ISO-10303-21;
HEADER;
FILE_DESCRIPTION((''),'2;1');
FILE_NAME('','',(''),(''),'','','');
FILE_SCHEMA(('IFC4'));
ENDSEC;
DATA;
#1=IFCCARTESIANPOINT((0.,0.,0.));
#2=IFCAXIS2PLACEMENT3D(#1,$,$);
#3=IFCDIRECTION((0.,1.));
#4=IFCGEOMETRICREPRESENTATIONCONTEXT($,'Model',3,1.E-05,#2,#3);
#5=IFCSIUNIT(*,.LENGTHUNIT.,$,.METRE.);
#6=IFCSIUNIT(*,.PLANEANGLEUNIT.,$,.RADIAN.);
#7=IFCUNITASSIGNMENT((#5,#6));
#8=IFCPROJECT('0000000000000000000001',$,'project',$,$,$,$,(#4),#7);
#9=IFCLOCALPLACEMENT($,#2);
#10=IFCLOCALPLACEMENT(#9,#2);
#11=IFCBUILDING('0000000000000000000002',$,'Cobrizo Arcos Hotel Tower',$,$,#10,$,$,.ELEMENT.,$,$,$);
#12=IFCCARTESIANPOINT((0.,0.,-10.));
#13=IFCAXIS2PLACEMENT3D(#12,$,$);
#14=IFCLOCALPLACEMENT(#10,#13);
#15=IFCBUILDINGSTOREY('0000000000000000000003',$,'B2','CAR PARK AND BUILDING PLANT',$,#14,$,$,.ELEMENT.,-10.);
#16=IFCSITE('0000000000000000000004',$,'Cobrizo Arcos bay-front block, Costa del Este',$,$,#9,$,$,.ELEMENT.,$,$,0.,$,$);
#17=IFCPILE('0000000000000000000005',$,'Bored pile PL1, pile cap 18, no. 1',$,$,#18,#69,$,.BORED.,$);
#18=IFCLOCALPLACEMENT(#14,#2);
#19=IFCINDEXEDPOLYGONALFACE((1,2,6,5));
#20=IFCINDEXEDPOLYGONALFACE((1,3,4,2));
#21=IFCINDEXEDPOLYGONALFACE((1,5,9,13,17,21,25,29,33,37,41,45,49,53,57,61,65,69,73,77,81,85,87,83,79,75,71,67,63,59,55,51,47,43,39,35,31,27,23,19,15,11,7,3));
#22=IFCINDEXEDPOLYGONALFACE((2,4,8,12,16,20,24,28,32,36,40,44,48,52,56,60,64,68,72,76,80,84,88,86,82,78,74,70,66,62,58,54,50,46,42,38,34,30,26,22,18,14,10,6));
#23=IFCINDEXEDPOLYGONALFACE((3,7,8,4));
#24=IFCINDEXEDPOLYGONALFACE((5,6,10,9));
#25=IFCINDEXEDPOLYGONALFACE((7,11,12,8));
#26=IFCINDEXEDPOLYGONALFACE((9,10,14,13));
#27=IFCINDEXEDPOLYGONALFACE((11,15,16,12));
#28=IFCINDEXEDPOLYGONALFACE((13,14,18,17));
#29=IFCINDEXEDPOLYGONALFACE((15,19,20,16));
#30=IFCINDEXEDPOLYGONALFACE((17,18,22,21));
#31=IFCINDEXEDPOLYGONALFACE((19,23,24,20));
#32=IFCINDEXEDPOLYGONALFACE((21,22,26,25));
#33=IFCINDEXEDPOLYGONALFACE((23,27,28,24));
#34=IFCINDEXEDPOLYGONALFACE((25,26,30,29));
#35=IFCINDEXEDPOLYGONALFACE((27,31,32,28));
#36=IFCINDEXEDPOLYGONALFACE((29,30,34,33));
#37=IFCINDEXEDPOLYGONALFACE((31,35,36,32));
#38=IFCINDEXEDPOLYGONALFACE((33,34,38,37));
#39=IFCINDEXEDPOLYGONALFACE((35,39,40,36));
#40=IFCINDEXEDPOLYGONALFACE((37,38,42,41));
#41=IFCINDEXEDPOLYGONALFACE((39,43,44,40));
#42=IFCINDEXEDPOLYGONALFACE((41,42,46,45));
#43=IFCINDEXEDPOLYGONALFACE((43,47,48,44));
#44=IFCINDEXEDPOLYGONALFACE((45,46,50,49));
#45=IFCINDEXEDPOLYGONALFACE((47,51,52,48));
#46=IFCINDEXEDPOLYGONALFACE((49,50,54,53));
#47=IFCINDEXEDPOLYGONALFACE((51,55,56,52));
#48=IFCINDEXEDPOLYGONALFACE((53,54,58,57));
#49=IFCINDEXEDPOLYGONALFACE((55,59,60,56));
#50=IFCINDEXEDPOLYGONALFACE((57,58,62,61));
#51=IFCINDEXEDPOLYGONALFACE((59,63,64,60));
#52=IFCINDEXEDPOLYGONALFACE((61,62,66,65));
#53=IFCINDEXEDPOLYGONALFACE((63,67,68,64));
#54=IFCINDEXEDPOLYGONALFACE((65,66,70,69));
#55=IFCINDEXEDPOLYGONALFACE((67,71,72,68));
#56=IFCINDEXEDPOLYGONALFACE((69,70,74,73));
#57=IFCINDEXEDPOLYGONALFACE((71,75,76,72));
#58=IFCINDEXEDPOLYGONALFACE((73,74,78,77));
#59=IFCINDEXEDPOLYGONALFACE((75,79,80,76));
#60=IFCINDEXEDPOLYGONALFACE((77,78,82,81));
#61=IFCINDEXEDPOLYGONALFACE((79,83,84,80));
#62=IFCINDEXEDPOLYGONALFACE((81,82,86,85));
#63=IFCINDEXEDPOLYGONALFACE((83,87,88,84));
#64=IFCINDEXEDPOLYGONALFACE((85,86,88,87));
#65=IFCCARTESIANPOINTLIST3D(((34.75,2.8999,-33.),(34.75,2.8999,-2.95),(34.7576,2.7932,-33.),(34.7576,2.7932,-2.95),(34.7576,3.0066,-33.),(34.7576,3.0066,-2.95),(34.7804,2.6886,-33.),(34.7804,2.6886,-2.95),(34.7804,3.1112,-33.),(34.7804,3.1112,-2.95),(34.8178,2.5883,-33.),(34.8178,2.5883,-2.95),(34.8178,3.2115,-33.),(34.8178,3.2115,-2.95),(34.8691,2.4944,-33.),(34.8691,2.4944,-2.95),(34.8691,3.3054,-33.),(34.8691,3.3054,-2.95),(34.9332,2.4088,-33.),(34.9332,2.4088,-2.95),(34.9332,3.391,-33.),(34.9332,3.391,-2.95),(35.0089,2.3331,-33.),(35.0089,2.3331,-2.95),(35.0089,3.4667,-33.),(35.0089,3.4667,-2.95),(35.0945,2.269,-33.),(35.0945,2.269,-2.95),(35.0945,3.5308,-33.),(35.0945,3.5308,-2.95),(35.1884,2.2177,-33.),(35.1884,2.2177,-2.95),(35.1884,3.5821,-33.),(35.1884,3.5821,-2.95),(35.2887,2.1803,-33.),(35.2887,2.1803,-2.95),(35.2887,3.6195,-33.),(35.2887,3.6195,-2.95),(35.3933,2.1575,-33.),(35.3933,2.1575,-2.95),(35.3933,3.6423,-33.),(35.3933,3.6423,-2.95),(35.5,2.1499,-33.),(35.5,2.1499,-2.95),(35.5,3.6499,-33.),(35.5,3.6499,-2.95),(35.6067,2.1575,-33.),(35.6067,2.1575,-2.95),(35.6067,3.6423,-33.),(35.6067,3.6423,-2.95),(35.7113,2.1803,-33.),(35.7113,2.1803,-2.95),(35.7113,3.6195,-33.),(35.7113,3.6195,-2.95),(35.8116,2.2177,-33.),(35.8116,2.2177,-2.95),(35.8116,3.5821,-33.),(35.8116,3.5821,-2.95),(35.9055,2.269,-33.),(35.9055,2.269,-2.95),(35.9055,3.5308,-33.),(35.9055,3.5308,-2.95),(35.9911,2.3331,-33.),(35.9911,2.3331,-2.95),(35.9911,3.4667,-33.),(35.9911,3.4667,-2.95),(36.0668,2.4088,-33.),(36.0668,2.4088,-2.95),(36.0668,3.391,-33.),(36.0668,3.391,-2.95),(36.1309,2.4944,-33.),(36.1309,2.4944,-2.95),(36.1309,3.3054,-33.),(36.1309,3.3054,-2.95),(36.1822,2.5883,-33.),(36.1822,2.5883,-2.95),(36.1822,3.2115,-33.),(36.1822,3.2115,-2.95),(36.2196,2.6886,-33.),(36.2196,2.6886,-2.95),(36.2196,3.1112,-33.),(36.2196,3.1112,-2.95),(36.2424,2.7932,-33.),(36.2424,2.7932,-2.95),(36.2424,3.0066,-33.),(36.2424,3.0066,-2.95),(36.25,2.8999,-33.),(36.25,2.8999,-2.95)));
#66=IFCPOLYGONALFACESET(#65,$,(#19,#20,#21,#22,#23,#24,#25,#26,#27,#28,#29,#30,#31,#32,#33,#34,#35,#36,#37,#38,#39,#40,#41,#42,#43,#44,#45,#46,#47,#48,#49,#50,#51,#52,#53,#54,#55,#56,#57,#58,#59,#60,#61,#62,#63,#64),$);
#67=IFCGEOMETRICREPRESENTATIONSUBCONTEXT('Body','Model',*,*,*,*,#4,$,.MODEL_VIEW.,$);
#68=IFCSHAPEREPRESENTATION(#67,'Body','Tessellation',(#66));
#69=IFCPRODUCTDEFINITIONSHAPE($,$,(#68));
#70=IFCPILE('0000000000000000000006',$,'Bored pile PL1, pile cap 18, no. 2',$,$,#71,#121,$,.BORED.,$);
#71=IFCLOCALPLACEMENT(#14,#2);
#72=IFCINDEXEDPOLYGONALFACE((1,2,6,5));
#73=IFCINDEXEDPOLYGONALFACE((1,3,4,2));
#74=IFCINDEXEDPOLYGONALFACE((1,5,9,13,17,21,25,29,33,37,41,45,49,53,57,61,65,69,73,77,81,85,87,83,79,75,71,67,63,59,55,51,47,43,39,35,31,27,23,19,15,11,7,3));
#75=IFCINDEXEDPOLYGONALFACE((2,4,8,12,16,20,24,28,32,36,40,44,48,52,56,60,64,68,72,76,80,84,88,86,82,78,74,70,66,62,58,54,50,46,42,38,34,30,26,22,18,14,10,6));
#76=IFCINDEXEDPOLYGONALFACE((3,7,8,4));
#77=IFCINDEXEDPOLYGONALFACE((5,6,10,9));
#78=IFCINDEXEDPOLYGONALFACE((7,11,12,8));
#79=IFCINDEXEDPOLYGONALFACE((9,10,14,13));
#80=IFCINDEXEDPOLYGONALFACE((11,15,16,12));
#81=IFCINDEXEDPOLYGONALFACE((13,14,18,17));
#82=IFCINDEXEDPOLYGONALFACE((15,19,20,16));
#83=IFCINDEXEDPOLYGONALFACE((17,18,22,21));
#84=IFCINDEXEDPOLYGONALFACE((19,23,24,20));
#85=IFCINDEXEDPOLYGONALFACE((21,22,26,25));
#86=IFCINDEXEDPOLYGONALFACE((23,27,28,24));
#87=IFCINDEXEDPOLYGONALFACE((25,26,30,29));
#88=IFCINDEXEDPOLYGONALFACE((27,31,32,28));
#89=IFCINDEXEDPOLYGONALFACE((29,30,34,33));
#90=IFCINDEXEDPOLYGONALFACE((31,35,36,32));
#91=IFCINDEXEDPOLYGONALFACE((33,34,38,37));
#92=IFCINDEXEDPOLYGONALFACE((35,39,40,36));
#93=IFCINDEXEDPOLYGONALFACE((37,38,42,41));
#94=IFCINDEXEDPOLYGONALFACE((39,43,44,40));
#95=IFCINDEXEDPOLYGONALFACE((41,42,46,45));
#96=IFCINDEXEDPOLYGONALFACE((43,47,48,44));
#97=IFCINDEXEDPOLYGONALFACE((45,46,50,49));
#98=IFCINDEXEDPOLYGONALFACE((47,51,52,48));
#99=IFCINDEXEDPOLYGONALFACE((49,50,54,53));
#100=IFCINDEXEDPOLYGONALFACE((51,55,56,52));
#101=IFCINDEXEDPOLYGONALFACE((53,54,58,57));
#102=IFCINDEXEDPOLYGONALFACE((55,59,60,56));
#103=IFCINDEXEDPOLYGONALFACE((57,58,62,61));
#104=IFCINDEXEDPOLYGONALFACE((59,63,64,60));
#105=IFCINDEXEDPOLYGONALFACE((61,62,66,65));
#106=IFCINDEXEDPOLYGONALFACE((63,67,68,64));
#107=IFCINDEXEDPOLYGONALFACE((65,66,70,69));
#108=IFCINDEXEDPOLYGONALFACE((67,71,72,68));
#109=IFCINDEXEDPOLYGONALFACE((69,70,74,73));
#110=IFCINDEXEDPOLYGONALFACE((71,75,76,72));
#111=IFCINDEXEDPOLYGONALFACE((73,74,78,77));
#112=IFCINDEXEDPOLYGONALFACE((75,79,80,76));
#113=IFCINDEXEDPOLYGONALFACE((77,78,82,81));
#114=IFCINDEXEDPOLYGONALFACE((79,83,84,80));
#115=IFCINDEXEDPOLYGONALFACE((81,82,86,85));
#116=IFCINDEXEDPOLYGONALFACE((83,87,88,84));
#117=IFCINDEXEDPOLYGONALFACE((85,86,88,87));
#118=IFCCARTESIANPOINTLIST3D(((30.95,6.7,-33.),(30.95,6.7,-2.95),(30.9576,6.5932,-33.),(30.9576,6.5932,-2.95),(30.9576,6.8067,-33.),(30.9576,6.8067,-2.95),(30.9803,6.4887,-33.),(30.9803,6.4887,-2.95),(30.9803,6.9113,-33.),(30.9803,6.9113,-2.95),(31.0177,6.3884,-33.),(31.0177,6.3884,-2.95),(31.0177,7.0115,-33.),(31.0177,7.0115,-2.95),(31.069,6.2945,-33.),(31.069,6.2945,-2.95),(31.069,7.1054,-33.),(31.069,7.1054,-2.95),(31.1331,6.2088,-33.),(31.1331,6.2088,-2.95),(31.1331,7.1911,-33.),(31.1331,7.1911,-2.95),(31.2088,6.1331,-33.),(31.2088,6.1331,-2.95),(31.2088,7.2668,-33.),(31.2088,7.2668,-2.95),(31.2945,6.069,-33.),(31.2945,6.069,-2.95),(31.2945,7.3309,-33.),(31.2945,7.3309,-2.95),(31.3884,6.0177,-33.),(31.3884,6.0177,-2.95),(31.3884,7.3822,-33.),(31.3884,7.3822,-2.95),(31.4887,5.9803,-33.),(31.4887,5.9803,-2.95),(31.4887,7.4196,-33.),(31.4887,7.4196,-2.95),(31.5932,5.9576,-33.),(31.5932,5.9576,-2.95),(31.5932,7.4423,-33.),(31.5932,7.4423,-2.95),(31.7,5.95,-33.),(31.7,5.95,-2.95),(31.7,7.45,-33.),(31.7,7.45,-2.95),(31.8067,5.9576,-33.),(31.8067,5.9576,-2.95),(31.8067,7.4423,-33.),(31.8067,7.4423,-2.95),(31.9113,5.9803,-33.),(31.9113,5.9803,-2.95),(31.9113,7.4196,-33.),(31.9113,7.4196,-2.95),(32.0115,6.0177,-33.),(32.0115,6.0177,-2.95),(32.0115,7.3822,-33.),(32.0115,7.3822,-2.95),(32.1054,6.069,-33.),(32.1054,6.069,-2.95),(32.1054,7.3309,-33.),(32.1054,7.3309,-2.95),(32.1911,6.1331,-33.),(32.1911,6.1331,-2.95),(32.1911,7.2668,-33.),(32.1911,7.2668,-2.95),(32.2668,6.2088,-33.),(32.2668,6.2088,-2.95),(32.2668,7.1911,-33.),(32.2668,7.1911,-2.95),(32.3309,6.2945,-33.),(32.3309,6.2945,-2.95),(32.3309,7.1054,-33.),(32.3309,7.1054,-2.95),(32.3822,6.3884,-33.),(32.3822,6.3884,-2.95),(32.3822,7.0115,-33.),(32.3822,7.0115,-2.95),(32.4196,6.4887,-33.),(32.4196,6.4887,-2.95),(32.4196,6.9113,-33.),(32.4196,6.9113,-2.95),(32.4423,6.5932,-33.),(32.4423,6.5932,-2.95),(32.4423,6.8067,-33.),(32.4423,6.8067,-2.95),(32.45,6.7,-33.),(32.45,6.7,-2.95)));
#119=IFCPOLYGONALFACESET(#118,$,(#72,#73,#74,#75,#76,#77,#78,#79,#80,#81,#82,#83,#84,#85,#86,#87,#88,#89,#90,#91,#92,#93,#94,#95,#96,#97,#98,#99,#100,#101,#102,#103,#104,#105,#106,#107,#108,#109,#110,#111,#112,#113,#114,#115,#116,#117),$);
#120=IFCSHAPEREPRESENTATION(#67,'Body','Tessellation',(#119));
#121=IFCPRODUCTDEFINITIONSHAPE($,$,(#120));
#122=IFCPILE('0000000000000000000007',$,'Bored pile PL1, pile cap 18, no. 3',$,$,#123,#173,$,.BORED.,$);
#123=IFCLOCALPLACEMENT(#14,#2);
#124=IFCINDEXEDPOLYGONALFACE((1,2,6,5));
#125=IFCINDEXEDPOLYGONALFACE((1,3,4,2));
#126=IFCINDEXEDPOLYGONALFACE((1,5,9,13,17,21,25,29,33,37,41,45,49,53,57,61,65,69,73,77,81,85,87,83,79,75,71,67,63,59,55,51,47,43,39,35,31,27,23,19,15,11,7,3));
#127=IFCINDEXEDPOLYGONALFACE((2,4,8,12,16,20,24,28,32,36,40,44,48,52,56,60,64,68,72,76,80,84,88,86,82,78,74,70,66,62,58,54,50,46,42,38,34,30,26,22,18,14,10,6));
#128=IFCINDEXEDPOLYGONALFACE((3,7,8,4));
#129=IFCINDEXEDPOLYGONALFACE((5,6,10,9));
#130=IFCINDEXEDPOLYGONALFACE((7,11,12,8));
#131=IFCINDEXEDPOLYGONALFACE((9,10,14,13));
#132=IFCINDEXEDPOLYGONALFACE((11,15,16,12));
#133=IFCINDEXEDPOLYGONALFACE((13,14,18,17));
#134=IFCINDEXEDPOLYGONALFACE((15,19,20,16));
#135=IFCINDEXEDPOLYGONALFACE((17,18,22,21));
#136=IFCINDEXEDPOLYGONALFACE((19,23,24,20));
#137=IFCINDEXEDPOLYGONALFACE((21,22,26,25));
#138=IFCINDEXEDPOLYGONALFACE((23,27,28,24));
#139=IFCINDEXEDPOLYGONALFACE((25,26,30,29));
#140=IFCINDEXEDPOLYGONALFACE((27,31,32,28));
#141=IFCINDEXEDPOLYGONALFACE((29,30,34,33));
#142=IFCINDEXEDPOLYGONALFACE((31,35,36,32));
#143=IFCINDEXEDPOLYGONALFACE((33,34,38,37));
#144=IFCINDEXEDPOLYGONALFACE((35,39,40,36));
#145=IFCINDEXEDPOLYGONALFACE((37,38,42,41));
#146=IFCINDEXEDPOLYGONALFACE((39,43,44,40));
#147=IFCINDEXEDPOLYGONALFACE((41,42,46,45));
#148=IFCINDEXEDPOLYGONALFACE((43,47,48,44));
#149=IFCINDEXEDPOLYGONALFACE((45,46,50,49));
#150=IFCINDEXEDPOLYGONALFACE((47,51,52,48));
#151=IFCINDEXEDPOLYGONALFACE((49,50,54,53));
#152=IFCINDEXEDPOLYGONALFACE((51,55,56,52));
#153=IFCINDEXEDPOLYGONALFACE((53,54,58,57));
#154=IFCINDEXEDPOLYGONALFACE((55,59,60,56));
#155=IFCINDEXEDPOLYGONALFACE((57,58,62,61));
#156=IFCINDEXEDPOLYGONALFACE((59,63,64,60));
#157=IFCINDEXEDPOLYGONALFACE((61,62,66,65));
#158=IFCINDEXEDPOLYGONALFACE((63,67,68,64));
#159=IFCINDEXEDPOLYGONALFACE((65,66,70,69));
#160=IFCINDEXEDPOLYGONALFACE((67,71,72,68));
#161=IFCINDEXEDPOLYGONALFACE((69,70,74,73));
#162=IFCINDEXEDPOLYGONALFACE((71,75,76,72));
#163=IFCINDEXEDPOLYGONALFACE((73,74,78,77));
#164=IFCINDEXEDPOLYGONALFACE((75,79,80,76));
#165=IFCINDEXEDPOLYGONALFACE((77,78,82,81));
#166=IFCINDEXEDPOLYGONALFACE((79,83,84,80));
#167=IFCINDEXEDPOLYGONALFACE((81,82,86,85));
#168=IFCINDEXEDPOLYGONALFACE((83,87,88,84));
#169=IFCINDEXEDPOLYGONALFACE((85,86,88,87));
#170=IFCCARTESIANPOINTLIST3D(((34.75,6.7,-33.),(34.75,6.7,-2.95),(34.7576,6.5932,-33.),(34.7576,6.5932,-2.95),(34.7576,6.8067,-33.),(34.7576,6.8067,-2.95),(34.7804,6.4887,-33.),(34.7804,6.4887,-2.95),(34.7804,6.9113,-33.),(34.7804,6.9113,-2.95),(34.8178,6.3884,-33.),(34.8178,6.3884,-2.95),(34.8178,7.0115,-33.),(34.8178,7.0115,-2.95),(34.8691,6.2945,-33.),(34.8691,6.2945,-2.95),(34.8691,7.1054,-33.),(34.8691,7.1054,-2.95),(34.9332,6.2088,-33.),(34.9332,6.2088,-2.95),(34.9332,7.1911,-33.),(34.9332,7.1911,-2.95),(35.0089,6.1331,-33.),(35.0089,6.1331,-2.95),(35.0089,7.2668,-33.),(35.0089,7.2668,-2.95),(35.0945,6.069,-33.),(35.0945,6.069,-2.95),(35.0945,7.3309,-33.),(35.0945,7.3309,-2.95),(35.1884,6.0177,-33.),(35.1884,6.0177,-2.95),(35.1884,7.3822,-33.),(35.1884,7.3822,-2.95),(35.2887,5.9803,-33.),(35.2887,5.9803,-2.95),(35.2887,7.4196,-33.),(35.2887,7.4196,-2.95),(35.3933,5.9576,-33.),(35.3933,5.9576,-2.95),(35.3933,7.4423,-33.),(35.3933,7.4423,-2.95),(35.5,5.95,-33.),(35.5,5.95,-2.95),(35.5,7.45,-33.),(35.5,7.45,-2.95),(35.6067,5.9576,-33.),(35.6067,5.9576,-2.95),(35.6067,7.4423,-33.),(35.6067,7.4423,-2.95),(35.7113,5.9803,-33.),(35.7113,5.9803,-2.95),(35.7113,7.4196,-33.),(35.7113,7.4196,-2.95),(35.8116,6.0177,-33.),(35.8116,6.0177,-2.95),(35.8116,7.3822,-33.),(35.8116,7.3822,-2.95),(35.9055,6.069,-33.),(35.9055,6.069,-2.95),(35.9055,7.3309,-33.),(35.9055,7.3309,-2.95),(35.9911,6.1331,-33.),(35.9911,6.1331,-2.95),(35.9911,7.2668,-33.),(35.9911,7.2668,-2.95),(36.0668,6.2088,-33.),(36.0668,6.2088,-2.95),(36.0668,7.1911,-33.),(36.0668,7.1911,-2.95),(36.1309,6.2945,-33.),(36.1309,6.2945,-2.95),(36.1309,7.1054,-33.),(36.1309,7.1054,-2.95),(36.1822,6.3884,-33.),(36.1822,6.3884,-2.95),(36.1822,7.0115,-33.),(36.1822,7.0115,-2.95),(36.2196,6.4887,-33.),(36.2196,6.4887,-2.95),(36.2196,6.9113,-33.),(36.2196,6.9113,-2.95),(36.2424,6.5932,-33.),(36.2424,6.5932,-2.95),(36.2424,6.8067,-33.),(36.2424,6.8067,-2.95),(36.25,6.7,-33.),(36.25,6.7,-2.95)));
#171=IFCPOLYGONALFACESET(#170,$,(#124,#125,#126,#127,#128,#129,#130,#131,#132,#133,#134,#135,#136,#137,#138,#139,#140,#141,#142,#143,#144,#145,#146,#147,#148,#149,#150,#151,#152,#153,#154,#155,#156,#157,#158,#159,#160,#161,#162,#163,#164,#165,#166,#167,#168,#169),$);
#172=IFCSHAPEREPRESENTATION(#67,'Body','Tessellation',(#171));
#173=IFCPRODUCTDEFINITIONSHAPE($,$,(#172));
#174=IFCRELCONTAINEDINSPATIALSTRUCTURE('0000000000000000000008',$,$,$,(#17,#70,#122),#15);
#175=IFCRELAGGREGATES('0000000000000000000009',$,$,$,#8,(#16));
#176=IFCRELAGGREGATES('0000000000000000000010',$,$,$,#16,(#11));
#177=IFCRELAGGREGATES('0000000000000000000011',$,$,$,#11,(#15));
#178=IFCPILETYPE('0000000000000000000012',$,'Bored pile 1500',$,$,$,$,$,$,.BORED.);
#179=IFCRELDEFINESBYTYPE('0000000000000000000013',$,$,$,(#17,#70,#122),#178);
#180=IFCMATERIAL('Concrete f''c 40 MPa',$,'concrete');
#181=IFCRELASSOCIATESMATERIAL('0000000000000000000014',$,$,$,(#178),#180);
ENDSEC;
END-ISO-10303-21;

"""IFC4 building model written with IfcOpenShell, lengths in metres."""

from ifc_helpers import new_model, si_unit, direction, frame, origin, origin_2d, place, context, subcontext, project, spatial, circle, extrude, material, material_profile, profile_set, type_object, element, save


model = new_model("IFC4")

# Units and contexts
model_context = context("Model", 3, precision=1e-05, world=origin(), true_north=direction((0.0, 1.0)))
body_context = subcontext(model_context, "Body", "Model", "MODEL_VIEW")
ifc_project = project(units=[si_unit("LENGTHUNIT", "METRE"), si_unit("PLANEANGLEUNIT", "RADIAN")], contexts=[model_context])

# Site, building, storey
site_placement = place(None, origin())
site = spatial("IfcSite", under=ifc_project, at=site_placement, Name="Cobrizo Arcos bay-front block, Costa del Este", CompositionType="ELEMENT", RefElevation=0.0)
building_placement = place(site_placement, origin())
building = spatial("IfcBuilding", under=site, at=building_placement, Name="Cobrizo Arcos Hotel Tower", CompositionType="ELEMENT")
storey_placement = place(building_placement, frame((0.0, 0.0, -10.0)))
storey = spatial("IfcBuildingStorey", under=building, at=storey_placement, Name="B2", Description="CAR PARK AND BUILDING PLANT", CompositionType="ELEMENT", Elevation=-10.0)

# Piles
ifc_material_1 = material(Name="Concrete f'c 40 MPa", Category="concrete")
ifc_material_profile_1 = material_profile(ifc_material_1, circle(Radius=0.75, at=origin_2d()), Name="BORED PILE 1500")
ifc_profile_set_1 = profile_set([ifc_material_profile_1], Name="Concrete f'c 40 MPa")
pile_type = type_object("IfcPileType", Name="Bored pile 1500", PredefinedType="BORED", material=ifc_profile_set_1)
for number, where, z_axis, x_axis, name in (
    (1, (35.5, 2.8999, -2.95), (0.0, 0.0, -1.0), (1.0, 0.0, 0.0), "Bored pile PL1, pile cap 18, no. 1"),
    (2, (31.7, 6.7, -2.95), (0.0, 0.0, -1.0), (1.0, 0.0, 0.0), "Bored pile PL1, pile cap 18, no. 2"),
    (3, (35.5, 6.7, -2.95), (0.0, 0.0, -1.0), (1.0, 0.0, 0.0), "Bored pile PL1, pile cap 18, no. 3"),
):
    element("IfcPile", number, at=place(storey_placement, frame(where, z_axis=z_axis, x_axis=x_axis)), inside=storey, type_object=pile_type, Name=name, PredefinedType="BORED", context=body_context, shape_type="SweptSolid", body=[
        extrude(circle(Radius=0.75, at=origin_2d()), origin(), (0.0, 0.0, 1.0), 30.05),
    ])

save(model, "model.ifc")
